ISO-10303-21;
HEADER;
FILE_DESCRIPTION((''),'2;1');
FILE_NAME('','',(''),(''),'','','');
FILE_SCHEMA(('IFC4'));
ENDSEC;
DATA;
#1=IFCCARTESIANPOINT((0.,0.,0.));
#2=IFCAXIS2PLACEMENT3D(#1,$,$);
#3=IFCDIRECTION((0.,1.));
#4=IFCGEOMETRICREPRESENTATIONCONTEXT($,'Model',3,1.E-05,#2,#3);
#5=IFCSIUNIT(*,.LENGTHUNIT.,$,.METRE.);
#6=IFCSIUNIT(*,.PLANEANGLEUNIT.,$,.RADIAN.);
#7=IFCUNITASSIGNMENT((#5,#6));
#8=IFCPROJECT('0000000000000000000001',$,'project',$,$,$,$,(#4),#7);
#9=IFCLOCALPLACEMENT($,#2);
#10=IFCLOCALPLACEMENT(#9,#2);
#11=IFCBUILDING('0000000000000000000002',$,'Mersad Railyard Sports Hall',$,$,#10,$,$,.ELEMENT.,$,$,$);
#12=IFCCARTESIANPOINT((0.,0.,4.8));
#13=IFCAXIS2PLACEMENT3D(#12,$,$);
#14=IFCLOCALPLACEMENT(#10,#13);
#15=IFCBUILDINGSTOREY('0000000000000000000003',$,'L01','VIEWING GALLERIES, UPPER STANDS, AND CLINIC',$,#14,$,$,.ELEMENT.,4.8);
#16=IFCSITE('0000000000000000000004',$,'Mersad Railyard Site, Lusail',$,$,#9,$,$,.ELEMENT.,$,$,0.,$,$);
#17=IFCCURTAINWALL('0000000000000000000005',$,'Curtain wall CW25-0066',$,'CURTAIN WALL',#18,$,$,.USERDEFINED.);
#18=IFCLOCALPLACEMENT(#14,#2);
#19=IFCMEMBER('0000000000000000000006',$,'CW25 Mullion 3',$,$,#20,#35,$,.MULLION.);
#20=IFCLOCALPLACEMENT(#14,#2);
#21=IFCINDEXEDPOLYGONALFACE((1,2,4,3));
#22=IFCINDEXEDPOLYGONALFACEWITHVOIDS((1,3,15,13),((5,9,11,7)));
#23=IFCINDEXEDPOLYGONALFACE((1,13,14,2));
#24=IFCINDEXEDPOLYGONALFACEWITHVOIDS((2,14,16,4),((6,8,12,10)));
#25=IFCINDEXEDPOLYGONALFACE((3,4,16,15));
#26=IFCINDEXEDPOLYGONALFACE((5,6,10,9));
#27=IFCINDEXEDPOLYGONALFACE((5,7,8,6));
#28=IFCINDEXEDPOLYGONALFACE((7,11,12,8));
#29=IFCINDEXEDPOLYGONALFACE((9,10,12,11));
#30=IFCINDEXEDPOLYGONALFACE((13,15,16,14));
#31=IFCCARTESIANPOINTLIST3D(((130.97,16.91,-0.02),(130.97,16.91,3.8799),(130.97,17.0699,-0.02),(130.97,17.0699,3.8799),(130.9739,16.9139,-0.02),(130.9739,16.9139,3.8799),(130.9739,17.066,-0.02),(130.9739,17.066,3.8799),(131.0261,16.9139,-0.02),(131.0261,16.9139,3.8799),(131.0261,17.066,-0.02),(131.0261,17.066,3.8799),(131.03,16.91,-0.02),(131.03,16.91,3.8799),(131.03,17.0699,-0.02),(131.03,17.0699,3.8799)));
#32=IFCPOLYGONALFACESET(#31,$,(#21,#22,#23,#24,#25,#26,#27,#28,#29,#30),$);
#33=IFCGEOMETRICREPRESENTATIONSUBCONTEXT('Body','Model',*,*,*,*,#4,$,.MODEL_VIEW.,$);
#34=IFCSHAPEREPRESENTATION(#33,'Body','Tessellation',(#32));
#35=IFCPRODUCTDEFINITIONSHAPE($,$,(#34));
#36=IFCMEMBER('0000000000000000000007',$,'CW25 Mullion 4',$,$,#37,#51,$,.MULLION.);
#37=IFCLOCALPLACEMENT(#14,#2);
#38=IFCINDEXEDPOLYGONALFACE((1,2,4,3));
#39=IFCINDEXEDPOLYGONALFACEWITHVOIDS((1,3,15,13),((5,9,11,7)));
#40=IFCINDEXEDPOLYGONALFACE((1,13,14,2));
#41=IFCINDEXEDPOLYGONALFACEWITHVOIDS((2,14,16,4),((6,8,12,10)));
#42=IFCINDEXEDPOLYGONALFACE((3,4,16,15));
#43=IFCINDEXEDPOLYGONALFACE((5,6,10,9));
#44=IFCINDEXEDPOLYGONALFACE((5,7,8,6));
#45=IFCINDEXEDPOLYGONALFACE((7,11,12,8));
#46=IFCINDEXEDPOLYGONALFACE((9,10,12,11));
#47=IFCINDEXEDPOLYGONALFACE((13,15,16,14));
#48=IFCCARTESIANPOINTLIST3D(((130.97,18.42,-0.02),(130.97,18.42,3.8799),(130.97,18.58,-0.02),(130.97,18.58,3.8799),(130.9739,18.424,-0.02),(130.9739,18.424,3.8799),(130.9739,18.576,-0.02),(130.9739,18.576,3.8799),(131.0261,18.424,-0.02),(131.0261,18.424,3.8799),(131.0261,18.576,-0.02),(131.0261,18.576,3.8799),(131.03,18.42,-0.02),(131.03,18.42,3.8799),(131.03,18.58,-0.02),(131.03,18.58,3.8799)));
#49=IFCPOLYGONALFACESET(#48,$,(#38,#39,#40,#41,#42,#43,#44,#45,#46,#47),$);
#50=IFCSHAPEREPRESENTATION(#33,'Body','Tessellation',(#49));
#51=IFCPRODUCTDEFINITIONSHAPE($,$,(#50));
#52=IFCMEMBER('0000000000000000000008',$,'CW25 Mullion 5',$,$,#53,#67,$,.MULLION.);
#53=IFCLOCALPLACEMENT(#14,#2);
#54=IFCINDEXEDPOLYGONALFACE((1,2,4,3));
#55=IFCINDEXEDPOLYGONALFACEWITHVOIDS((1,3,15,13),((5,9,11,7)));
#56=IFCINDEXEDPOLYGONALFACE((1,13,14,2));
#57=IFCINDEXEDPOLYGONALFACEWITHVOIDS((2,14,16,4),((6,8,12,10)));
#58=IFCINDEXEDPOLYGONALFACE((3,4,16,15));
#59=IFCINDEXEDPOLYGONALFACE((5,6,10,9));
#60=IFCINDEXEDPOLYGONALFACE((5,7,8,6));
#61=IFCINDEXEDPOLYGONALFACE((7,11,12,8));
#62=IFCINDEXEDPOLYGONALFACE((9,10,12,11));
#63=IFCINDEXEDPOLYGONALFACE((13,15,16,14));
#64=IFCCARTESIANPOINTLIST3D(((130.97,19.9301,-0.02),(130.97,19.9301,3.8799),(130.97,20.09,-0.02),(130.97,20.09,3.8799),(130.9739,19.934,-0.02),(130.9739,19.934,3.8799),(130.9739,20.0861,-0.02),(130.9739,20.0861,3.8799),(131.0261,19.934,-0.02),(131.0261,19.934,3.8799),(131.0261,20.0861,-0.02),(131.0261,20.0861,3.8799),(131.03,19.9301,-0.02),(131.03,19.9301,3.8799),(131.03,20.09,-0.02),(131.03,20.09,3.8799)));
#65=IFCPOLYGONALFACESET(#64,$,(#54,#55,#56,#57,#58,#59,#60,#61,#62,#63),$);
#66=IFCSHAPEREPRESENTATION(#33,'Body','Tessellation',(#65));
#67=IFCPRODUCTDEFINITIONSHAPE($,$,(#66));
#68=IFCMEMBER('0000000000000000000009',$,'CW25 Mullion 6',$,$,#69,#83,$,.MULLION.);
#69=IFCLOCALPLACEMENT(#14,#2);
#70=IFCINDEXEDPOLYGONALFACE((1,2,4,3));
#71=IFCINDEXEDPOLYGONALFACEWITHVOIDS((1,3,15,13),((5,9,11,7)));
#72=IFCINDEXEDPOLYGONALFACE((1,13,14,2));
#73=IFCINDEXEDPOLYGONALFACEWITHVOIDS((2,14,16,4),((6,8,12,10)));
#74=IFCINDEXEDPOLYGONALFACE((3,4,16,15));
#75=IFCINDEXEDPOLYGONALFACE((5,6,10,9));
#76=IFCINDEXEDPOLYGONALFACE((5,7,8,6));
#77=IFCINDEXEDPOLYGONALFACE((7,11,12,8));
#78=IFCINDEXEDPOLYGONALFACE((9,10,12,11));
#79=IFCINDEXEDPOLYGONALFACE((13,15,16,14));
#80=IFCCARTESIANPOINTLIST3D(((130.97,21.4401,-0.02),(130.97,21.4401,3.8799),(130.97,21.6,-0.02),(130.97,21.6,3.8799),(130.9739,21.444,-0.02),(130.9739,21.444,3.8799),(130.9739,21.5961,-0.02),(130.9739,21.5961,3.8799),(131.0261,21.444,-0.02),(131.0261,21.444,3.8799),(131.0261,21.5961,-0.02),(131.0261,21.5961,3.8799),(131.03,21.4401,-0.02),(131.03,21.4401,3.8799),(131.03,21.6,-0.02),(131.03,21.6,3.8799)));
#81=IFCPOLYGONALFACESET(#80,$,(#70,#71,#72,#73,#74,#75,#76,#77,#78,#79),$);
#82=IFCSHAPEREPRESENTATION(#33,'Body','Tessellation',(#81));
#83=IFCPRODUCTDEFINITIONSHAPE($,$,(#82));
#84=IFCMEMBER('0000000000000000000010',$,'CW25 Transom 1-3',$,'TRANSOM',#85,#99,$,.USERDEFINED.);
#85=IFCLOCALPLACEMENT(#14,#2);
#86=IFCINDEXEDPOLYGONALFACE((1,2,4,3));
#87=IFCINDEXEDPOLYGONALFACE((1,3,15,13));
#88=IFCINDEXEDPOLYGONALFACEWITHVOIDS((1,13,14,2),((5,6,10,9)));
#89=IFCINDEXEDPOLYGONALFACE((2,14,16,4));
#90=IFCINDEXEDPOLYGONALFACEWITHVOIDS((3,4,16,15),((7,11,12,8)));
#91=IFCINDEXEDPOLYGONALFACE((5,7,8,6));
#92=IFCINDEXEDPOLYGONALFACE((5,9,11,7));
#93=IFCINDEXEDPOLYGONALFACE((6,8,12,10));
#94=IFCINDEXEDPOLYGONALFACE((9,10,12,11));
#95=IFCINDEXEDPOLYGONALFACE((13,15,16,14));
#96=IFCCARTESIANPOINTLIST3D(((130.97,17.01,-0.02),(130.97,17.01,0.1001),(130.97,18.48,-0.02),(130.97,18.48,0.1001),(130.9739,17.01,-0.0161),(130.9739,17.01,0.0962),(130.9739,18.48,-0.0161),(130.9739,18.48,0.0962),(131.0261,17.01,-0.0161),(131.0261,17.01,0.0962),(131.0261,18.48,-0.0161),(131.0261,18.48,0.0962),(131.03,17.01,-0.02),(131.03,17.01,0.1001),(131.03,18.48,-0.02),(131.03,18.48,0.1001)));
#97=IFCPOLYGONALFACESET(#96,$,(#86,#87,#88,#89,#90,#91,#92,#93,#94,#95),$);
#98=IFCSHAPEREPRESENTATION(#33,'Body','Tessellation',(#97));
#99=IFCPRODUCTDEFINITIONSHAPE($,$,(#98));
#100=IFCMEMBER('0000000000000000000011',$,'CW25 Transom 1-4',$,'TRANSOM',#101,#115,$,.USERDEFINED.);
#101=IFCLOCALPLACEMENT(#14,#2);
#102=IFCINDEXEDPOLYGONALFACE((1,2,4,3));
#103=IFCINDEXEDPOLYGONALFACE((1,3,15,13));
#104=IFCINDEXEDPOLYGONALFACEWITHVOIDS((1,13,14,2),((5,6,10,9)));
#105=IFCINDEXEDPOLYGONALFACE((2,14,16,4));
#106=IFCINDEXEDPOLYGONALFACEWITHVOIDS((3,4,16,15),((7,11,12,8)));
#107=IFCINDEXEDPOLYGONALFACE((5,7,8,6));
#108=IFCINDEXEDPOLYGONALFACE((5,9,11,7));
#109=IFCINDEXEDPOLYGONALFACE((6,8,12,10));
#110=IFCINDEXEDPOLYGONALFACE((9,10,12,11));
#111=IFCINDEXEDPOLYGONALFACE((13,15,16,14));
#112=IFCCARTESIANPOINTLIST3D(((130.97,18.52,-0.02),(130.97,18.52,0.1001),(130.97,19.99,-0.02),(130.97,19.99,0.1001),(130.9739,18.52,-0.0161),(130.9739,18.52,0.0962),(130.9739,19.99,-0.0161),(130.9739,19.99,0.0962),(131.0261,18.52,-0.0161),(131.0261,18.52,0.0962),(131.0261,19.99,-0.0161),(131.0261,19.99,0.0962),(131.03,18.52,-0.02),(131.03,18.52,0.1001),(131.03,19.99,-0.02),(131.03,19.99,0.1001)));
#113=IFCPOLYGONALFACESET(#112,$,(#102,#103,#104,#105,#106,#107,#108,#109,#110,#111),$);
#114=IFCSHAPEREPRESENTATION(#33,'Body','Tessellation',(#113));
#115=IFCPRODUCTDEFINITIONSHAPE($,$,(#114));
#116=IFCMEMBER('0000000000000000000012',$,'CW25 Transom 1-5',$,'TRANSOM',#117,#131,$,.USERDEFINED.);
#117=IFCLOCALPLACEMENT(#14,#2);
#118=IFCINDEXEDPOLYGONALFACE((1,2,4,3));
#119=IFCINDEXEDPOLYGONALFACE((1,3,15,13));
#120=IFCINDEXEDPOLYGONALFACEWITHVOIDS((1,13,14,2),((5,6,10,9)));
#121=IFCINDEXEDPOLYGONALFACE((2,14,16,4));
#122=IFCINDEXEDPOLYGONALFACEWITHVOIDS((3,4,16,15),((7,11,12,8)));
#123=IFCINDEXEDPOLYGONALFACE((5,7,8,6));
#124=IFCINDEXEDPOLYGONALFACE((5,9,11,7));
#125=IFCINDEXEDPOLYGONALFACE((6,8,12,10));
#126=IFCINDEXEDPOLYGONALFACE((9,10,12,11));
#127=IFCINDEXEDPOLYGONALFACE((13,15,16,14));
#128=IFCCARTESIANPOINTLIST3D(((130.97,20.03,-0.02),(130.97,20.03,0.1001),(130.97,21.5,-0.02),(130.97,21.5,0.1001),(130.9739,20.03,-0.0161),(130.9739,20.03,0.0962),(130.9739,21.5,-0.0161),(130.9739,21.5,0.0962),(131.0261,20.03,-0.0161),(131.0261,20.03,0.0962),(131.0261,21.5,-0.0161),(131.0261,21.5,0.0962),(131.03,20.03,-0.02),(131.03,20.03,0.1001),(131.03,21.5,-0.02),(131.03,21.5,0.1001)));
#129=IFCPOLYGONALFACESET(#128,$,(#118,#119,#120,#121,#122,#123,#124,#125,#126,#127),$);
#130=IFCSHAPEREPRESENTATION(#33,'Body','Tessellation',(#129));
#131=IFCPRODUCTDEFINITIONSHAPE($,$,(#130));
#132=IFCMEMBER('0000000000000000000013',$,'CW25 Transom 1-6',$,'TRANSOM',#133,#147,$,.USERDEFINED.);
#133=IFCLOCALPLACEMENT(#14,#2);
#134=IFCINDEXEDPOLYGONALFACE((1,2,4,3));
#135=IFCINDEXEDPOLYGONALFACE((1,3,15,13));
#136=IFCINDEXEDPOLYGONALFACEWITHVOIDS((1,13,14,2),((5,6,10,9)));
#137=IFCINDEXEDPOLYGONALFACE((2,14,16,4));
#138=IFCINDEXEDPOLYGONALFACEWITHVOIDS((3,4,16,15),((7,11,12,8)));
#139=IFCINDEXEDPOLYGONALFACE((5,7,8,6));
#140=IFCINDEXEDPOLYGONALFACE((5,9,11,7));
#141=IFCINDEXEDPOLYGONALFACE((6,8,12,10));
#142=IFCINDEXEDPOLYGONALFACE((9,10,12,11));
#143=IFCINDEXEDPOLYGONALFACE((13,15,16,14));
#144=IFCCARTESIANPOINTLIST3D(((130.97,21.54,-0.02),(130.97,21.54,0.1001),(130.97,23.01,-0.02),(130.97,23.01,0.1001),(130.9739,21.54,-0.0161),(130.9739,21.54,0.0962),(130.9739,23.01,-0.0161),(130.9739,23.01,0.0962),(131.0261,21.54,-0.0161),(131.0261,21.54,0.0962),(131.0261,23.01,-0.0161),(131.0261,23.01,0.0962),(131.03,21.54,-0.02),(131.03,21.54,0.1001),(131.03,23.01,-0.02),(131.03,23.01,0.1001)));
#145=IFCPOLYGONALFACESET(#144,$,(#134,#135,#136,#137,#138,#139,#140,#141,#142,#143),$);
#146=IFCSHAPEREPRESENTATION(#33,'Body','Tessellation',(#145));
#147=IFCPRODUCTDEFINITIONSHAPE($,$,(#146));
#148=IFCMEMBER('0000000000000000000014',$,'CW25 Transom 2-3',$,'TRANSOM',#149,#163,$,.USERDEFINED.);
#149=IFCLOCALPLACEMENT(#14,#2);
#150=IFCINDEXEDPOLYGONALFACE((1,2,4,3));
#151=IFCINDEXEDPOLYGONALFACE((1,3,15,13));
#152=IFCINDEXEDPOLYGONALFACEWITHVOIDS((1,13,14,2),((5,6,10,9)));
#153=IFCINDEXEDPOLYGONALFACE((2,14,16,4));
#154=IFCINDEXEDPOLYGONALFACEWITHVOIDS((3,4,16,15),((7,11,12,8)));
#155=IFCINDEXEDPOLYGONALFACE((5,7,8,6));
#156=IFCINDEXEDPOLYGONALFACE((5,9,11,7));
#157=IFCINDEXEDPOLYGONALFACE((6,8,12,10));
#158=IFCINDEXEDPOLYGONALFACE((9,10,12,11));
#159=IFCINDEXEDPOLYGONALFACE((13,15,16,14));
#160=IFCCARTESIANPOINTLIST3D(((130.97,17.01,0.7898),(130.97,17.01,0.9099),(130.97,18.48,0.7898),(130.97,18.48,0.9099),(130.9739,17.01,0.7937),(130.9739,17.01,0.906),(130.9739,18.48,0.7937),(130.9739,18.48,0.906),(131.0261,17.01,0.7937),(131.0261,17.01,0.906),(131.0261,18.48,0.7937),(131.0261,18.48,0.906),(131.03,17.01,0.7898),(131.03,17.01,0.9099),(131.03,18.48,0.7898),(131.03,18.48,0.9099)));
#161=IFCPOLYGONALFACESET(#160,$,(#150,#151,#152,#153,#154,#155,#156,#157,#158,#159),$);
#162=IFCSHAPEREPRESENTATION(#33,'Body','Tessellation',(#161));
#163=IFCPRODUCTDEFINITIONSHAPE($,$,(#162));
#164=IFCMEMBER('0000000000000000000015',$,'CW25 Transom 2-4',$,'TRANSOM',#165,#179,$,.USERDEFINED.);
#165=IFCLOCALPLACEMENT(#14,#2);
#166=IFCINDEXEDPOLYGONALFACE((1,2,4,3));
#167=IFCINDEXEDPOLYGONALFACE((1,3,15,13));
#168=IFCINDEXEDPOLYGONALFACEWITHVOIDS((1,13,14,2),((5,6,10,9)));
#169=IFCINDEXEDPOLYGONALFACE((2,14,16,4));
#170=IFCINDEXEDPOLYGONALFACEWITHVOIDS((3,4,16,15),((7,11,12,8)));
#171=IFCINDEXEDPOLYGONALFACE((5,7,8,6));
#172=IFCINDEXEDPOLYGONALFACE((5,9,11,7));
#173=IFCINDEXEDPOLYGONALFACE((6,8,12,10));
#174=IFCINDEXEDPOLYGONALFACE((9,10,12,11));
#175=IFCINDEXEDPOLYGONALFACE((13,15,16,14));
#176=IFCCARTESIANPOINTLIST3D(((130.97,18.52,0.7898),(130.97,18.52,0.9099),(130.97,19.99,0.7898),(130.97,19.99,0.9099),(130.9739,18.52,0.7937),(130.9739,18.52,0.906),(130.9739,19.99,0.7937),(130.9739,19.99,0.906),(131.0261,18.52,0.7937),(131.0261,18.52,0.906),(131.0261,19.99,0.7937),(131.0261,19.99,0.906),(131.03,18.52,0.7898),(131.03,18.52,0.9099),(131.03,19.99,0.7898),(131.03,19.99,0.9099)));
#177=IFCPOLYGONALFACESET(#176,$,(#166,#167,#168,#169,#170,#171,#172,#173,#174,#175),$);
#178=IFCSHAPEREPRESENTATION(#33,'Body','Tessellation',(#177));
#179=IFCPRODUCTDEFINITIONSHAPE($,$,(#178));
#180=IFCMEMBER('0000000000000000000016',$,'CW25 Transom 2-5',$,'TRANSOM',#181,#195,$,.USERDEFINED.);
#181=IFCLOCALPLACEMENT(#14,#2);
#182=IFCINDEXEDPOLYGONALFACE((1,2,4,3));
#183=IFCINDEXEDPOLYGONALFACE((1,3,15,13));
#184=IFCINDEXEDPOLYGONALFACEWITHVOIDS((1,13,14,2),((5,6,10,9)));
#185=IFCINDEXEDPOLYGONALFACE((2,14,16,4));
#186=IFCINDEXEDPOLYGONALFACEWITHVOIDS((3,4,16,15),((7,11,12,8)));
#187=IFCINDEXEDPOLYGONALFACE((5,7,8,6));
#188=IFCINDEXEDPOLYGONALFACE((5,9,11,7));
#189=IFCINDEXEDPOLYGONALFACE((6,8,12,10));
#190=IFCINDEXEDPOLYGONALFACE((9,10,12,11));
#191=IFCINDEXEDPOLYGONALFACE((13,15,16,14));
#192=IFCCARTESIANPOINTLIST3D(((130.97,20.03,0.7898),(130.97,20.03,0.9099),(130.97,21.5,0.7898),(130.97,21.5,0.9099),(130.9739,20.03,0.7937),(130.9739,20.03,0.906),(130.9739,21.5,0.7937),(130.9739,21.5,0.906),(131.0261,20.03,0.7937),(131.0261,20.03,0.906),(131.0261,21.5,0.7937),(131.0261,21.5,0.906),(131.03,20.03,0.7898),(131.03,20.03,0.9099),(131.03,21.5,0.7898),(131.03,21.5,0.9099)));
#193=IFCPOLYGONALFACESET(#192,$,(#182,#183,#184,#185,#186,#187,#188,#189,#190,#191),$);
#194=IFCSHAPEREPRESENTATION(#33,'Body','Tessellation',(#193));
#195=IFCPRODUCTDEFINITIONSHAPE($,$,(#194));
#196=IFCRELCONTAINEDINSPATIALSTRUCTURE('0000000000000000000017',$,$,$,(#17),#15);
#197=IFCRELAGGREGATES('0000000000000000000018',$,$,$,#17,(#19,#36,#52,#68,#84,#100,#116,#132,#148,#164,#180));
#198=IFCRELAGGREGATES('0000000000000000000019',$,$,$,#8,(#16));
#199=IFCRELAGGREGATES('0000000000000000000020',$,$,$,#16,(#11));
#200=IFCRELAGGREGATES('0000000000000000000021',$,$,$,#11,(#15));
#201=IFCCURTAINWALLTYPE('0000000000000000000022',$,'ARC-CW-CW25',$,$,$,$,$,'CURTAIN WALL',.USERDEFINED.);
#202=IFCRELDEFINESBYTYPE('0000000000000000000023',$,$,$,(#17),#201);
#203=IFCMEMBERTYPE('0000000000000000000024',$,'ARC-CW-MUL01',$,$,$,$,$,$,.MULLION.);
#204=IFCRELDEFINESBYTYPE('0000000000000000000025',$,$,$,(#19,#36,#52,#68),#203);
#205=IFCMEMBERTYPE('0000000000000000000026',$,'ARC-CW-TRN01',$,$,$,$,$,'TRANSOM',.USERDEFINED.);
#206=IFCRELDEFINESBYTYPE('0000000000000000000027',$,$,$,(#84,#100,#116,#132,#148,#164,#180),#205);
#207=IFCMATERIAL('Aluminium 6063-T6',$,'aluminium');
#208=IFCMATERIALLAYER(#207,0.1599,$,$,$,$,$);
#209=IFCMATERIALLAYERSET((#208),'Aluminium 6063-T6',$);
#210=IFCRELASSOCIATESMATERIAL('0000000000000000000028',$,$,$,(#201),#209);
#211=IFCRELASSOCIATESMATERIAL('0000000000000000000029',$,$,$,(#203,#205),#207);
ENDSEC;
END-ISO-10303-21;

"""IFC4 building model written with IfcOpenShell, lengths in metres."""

from ifc_helpers import new_model, si_unit, direction, frame, origin, origin_2d, place, context, subcontext, project, spatial, hollow_rectangle, extrude, material, layer, layer_set, material_profile, profile_set, type_object, element, aggregate, save


model = new_model("IFC4")

# Units and contexts
model_context = context("Model", 3, precision=1e-05, world=origin(), true_north=direction((0.0, 1.0)))
body_context = subcontext(model_context, "Body", "Model", "MODEL_VIEW")
ifc_project = project(units=[si_unit("LENGTHUNIT", "METRE"), si_unit("PLANEANGLEUNIT", "RADIAN")], contexts=[model_context])

# Site, building, storey
site_placement = place(None, origin())
site = spatial("IfcSite", under=ifc_project, at=site_placement, Name="Mersad Railyard Site, Lusail", CompositionType="ELEMENT", RefElevation=0.0)
building_placement = place(site_placement, origin())
building = spatial("IfcBuilding", under=site, at=building_placement, Name="Mersad Railyard Sports Hall", CompositionType="ELEMENT")
storey_placement = place(building_placement, frame((0.0, 0.0, 4.8)))
storey = spatial("IfcBuildingStorey", under=building, at=storey_placement, Name="L01", Description="VIEWING GALLERIES, UPPER STANDS, AND CLINIC", CompositionType="ELEMENT", Elevation=4.8)

# Curtain wall, members
ifc_material_1 = material(Name="Aluminium 6063-T6", Category="aluminium")
ifc_layer_1 = layer(ifc_material_1, 0.1599)
ifc_layer_set_1 = layer_set([ifc_layer_1], Name="Aluminium 6063-T6")
curtain_wall_type = type_object("IfcCurtainWallType", Name="ARC-CW-CW25", ElementType="CURTAIN WALL", PredefinedType="USERDEFINED", material=ifc_layer_set_1)
curtain_wall_placement = place(storey_placement, origin())
curtain_wall = element("IfcCurtainWall", 1, at=curtain_wall_placement, inside=storey, type_object=curtain_wall_type, Name="Curtain wall CW25-0066", ObjectType="CURTAIN WALL", PredefinedType="USERDEFINED")
ifc_material_profile_1 = material_profile(ifc_material_1, hollow_rectangle(XDim=0.0601, YDim=0.1599, WallThickness=0.0039, at=origin_2d()), Name="AL MULLION 60x160x4")
ifc_profile_set_1 = profile_set([ifc_material_profile_1], Name="Aluminium 6063-T6")
member_type_1 = type_object("IfcMemberType", Name="ARC-CW-MUL01", PredefinedType="MULLION", material=ifc_profile_set_1)
member_1_placement = place(storey_placement, frame((131.0, 16.99, -0.02), z_axis=(0.0, 0.0, 1.0), x_axis=(1.0, 0.0, 0.0)))
member_1 = element("IfcMember", 2, at=member_1_placement, type_object=member_type_1, Name="CW25 Mullion 3", PredefinedType="MULLION", context=body_context, shape_type="SweptSolid", body=[
    extrude(hollow_rectangle(XDim=0.0601, YDim=0.1599, WallThickness=0.0039, at=origin_2d()), origin(), (0.0, 0.0, 1.0), 3.8999),
])
member_2_placement = place(storey_placement, frame((131.0, 18.5, -0.02), z_axis=(0.0, 0.0, 1.0), x_axis=(1.0, 0.0, 0.0)))
member_2 = element("IfcMember", 3, at=member_2_placement, type_object=member_type_1, Name="CW25 Mullion 4", PredefinedType="MULLION", context=body_context, shape_type="SweptSolid", body=[
    extrude(hollow_rectangle(XDim=0.0601, YDim=0.1599, WallThickness=0.0039, at=origin_2d()), origin(), (0.0, 0.0, 1.0), 3.8999),
])
member_3_placement = place(storey_placement, frame((131.0, 20.01, -0.02), z_axis=(0.0, 0.0, 1.0), x_axis=(1.0, 0.0, 0.0)))
member_3 = element("IfcMember", 4, at=member_3_placement, type_object=member_type_1, Name="CW25 Mullion 5", PredefinedType="MULLION", context=body_context, shape_type="SweptSolid", body=[
    extrude(hollow_rectangle(XDim=0.0601, YDim=0.1599, WallThickness=0.0039, at=origin_2d()), origin(), (0.0, 0.0, 1.0), 3.8999),
])
member_4_placement = place(storey_placement, frame((131.0, 21.52, -0.02), z_axis=(0.0, 0.0, 1.0), x_axis=(1.0, 0.0, 0.0)))
member_4 = element("IfcMember", 5, at=member_4_placement, type_object=member_type_1, Name="CW25 Mullion 6", PredefinedType="MULLION", context=body_context, shape_type="SweptSolid", body=[
    extrude(hollow_rectangle(XDim=0.0601, YDim=0.1599, WallThickness=0.0039, at=origin_2d()), origin(), (0.0, 0.0, 1.0), 3.8999),
])
ifc_material_profile_2 = material_profile(ifc_material_1, hollow_rectangle(XDim=0.0601, YDim=0.1201, WallThickness=0.0039, at=origin_2d()), Name="AL TRANSOM 60x120x4")
ifc_profile_set_2 = profile_set([ifc_material_profile_2], Name="Aluminium 6063-T6")
member_type_2 = type_object("IfcMemberType", Name="ARC-CW-TRN01", ElementType="TRANSOM", PredefinedType="USERDEFINED", material=ifc_profile_set_2)
member_5_placement = place(storey_placement, frame((131.0, 17.01, 0.04), z_axis=(0.0, 1.0, 0.0), x_axis=(-1.0, 0.0, 0.0)))
member_5 = element("IfcMember", 6, at=member_5_placement, type_object=member_type_2, Name="CW25 Transom 1-3", ObjectType="TRANSOM", PredefinedType="USERDEFINED", context=body_context, shape_type="SweptSolid", body=[
    extrude(hollow_rectangle(XDim=0.0601, YDim=0.1201, WallThickness=0.0039, at=origin_2d()), origin(), (0.0, 0.0, 1.0), 1.47),
])
member_6_placement = place(storey_placement, frame((131.0, 18.52, 0.04), z_axis=(0.0, 1.0, 0.0), x_axis=(-1.0, 0.0, 0.0)))
member_6 = element("IfcMember", 7, at=member_6_placement, type_object=member_type_2, Name="CW25 Transom 1-4", ObjectType="TRANSOM", PredefinedType="USERDEFINED", context=body_context, shape_type="SweptSolid", body=[
    extrude(hollow_rectangle(XDim=0.0601, YDim=0.1201, WallThickness=0.0039, at=origin_2d()), origin(), (0.0, 0.0, 1.0), 1.47),
])
member_7_placement = place(storey_placement, frame((131.0, 20.03, 0.04), z_axis=(0.0, 1.0, 0.0), x_axis=(-1.0, 0.0, 0.0)))
member_7 = element("IfcMember", 8, at=member_7_placement, type_object=member_type_2, Name="CW25 Transom 1-5", ObjectType="TRANSOM", PredefinedType="USERDEFINED", context=body_context, shape_type="SweptSolid", body=[
    extrude(hollow_rectangle(XDim=0.0601, YDim=0.1201, WallThickness=0.0039, at=origin_2d()), origin(), (0.0, 0.0, 1.0), 1.47),
])
member_8_placement = place(storey_placement, frame((131.0, 21.54, 0.04), z_axis=(0.0, 1.0, 0.0), x_axis=(-1.0, 0.0, 0.0)))
member_8 = element("IfcMember", 9, at=member_8_placement, type_object=member_type_2, Name="CW25 Transom 1-6", ObjectType="TRANSOM", PredefinedType="USERDEFINED", context=body_context, shape_type="SweptSolid", body=[
    extrude(hollow_rectangle(XDim=0.0601, YDim=0.1201, WallThickness=0.0039, at=origin_2d()), origin(), (0.0, 0.0, 1.0), 1.47),
])
member_9_placement = place(storey_placement, frame((131.0, 17.01, 0.8499), z_axis=(0.0, 1.0, 0.0), x_axis=(-1.0, 0.0, 0.0)))
member_9 = element("IfcMember", 10, at=member_9_placement, type_object=member_type_2, Name="CW25 Transom 2-3", ObjectType="TRANSOM", PredefinedType="USERDEFINED", context=body_context, shape_type="SweptSolid", body=[
    extrude(hollow_rectangle(XDim=0.0601, YDim=0.1201, WallThickness=0.0039, at=origin_2d()), origin(), (0.0, 0.0, 1.0), 1.47),
])
member_10_placement = place(storey_placement, frame((131.0, 18.52, 0.8499), z_axis=(0.0, 1.0, 0.0), x_axis=(-1.0, 0.0, 0.0)))
member_10 = element("IfcMember", 11, at=member_10_placement, type_object=member_type_2, Name="CW25 Transom 2-4", ObjectType="TRANSOM", PredefinedType="USERDEFINED", context=body_context, shape_type="SweptSolid", body=[
    extrude(hollow_rectangle(XDim=0.0601, YDim=0.1201, WallThickness=0.0039, at=origin_2d()), origin(), (0.0, 0.0, 1.0), 1.47),
])
member_11_placement = place(storey_placement, frame((131.0, 20.03, 0.8499), z_axis=(0.0, 1.0, 0.0), x_axis=(-1.0, 0.0, 0.0)))
member_11 = element("IfcMember", 12, at=member_11_placement, type_object=member_type_2, Name="CW25 Transom 2-5", ObjectType="TRANSOM", PredefinedType="USERDEFINED", context=body_context, shape_type="SweptSolid", body=[
    extrude(hollow_rectangle(XDim=0.0601, YDim=0.1201, WallThickness=0.0039, at=origin_2d()), origin(), (0.0, 0.0, 1.0), 1.47),
])
aggregate(curtain_wall, [member_1, member_2, member_3, member_4, member_5, member_6, member_7, member_8, member_9, member_10, member_11])

save(model, "model.ifc")
